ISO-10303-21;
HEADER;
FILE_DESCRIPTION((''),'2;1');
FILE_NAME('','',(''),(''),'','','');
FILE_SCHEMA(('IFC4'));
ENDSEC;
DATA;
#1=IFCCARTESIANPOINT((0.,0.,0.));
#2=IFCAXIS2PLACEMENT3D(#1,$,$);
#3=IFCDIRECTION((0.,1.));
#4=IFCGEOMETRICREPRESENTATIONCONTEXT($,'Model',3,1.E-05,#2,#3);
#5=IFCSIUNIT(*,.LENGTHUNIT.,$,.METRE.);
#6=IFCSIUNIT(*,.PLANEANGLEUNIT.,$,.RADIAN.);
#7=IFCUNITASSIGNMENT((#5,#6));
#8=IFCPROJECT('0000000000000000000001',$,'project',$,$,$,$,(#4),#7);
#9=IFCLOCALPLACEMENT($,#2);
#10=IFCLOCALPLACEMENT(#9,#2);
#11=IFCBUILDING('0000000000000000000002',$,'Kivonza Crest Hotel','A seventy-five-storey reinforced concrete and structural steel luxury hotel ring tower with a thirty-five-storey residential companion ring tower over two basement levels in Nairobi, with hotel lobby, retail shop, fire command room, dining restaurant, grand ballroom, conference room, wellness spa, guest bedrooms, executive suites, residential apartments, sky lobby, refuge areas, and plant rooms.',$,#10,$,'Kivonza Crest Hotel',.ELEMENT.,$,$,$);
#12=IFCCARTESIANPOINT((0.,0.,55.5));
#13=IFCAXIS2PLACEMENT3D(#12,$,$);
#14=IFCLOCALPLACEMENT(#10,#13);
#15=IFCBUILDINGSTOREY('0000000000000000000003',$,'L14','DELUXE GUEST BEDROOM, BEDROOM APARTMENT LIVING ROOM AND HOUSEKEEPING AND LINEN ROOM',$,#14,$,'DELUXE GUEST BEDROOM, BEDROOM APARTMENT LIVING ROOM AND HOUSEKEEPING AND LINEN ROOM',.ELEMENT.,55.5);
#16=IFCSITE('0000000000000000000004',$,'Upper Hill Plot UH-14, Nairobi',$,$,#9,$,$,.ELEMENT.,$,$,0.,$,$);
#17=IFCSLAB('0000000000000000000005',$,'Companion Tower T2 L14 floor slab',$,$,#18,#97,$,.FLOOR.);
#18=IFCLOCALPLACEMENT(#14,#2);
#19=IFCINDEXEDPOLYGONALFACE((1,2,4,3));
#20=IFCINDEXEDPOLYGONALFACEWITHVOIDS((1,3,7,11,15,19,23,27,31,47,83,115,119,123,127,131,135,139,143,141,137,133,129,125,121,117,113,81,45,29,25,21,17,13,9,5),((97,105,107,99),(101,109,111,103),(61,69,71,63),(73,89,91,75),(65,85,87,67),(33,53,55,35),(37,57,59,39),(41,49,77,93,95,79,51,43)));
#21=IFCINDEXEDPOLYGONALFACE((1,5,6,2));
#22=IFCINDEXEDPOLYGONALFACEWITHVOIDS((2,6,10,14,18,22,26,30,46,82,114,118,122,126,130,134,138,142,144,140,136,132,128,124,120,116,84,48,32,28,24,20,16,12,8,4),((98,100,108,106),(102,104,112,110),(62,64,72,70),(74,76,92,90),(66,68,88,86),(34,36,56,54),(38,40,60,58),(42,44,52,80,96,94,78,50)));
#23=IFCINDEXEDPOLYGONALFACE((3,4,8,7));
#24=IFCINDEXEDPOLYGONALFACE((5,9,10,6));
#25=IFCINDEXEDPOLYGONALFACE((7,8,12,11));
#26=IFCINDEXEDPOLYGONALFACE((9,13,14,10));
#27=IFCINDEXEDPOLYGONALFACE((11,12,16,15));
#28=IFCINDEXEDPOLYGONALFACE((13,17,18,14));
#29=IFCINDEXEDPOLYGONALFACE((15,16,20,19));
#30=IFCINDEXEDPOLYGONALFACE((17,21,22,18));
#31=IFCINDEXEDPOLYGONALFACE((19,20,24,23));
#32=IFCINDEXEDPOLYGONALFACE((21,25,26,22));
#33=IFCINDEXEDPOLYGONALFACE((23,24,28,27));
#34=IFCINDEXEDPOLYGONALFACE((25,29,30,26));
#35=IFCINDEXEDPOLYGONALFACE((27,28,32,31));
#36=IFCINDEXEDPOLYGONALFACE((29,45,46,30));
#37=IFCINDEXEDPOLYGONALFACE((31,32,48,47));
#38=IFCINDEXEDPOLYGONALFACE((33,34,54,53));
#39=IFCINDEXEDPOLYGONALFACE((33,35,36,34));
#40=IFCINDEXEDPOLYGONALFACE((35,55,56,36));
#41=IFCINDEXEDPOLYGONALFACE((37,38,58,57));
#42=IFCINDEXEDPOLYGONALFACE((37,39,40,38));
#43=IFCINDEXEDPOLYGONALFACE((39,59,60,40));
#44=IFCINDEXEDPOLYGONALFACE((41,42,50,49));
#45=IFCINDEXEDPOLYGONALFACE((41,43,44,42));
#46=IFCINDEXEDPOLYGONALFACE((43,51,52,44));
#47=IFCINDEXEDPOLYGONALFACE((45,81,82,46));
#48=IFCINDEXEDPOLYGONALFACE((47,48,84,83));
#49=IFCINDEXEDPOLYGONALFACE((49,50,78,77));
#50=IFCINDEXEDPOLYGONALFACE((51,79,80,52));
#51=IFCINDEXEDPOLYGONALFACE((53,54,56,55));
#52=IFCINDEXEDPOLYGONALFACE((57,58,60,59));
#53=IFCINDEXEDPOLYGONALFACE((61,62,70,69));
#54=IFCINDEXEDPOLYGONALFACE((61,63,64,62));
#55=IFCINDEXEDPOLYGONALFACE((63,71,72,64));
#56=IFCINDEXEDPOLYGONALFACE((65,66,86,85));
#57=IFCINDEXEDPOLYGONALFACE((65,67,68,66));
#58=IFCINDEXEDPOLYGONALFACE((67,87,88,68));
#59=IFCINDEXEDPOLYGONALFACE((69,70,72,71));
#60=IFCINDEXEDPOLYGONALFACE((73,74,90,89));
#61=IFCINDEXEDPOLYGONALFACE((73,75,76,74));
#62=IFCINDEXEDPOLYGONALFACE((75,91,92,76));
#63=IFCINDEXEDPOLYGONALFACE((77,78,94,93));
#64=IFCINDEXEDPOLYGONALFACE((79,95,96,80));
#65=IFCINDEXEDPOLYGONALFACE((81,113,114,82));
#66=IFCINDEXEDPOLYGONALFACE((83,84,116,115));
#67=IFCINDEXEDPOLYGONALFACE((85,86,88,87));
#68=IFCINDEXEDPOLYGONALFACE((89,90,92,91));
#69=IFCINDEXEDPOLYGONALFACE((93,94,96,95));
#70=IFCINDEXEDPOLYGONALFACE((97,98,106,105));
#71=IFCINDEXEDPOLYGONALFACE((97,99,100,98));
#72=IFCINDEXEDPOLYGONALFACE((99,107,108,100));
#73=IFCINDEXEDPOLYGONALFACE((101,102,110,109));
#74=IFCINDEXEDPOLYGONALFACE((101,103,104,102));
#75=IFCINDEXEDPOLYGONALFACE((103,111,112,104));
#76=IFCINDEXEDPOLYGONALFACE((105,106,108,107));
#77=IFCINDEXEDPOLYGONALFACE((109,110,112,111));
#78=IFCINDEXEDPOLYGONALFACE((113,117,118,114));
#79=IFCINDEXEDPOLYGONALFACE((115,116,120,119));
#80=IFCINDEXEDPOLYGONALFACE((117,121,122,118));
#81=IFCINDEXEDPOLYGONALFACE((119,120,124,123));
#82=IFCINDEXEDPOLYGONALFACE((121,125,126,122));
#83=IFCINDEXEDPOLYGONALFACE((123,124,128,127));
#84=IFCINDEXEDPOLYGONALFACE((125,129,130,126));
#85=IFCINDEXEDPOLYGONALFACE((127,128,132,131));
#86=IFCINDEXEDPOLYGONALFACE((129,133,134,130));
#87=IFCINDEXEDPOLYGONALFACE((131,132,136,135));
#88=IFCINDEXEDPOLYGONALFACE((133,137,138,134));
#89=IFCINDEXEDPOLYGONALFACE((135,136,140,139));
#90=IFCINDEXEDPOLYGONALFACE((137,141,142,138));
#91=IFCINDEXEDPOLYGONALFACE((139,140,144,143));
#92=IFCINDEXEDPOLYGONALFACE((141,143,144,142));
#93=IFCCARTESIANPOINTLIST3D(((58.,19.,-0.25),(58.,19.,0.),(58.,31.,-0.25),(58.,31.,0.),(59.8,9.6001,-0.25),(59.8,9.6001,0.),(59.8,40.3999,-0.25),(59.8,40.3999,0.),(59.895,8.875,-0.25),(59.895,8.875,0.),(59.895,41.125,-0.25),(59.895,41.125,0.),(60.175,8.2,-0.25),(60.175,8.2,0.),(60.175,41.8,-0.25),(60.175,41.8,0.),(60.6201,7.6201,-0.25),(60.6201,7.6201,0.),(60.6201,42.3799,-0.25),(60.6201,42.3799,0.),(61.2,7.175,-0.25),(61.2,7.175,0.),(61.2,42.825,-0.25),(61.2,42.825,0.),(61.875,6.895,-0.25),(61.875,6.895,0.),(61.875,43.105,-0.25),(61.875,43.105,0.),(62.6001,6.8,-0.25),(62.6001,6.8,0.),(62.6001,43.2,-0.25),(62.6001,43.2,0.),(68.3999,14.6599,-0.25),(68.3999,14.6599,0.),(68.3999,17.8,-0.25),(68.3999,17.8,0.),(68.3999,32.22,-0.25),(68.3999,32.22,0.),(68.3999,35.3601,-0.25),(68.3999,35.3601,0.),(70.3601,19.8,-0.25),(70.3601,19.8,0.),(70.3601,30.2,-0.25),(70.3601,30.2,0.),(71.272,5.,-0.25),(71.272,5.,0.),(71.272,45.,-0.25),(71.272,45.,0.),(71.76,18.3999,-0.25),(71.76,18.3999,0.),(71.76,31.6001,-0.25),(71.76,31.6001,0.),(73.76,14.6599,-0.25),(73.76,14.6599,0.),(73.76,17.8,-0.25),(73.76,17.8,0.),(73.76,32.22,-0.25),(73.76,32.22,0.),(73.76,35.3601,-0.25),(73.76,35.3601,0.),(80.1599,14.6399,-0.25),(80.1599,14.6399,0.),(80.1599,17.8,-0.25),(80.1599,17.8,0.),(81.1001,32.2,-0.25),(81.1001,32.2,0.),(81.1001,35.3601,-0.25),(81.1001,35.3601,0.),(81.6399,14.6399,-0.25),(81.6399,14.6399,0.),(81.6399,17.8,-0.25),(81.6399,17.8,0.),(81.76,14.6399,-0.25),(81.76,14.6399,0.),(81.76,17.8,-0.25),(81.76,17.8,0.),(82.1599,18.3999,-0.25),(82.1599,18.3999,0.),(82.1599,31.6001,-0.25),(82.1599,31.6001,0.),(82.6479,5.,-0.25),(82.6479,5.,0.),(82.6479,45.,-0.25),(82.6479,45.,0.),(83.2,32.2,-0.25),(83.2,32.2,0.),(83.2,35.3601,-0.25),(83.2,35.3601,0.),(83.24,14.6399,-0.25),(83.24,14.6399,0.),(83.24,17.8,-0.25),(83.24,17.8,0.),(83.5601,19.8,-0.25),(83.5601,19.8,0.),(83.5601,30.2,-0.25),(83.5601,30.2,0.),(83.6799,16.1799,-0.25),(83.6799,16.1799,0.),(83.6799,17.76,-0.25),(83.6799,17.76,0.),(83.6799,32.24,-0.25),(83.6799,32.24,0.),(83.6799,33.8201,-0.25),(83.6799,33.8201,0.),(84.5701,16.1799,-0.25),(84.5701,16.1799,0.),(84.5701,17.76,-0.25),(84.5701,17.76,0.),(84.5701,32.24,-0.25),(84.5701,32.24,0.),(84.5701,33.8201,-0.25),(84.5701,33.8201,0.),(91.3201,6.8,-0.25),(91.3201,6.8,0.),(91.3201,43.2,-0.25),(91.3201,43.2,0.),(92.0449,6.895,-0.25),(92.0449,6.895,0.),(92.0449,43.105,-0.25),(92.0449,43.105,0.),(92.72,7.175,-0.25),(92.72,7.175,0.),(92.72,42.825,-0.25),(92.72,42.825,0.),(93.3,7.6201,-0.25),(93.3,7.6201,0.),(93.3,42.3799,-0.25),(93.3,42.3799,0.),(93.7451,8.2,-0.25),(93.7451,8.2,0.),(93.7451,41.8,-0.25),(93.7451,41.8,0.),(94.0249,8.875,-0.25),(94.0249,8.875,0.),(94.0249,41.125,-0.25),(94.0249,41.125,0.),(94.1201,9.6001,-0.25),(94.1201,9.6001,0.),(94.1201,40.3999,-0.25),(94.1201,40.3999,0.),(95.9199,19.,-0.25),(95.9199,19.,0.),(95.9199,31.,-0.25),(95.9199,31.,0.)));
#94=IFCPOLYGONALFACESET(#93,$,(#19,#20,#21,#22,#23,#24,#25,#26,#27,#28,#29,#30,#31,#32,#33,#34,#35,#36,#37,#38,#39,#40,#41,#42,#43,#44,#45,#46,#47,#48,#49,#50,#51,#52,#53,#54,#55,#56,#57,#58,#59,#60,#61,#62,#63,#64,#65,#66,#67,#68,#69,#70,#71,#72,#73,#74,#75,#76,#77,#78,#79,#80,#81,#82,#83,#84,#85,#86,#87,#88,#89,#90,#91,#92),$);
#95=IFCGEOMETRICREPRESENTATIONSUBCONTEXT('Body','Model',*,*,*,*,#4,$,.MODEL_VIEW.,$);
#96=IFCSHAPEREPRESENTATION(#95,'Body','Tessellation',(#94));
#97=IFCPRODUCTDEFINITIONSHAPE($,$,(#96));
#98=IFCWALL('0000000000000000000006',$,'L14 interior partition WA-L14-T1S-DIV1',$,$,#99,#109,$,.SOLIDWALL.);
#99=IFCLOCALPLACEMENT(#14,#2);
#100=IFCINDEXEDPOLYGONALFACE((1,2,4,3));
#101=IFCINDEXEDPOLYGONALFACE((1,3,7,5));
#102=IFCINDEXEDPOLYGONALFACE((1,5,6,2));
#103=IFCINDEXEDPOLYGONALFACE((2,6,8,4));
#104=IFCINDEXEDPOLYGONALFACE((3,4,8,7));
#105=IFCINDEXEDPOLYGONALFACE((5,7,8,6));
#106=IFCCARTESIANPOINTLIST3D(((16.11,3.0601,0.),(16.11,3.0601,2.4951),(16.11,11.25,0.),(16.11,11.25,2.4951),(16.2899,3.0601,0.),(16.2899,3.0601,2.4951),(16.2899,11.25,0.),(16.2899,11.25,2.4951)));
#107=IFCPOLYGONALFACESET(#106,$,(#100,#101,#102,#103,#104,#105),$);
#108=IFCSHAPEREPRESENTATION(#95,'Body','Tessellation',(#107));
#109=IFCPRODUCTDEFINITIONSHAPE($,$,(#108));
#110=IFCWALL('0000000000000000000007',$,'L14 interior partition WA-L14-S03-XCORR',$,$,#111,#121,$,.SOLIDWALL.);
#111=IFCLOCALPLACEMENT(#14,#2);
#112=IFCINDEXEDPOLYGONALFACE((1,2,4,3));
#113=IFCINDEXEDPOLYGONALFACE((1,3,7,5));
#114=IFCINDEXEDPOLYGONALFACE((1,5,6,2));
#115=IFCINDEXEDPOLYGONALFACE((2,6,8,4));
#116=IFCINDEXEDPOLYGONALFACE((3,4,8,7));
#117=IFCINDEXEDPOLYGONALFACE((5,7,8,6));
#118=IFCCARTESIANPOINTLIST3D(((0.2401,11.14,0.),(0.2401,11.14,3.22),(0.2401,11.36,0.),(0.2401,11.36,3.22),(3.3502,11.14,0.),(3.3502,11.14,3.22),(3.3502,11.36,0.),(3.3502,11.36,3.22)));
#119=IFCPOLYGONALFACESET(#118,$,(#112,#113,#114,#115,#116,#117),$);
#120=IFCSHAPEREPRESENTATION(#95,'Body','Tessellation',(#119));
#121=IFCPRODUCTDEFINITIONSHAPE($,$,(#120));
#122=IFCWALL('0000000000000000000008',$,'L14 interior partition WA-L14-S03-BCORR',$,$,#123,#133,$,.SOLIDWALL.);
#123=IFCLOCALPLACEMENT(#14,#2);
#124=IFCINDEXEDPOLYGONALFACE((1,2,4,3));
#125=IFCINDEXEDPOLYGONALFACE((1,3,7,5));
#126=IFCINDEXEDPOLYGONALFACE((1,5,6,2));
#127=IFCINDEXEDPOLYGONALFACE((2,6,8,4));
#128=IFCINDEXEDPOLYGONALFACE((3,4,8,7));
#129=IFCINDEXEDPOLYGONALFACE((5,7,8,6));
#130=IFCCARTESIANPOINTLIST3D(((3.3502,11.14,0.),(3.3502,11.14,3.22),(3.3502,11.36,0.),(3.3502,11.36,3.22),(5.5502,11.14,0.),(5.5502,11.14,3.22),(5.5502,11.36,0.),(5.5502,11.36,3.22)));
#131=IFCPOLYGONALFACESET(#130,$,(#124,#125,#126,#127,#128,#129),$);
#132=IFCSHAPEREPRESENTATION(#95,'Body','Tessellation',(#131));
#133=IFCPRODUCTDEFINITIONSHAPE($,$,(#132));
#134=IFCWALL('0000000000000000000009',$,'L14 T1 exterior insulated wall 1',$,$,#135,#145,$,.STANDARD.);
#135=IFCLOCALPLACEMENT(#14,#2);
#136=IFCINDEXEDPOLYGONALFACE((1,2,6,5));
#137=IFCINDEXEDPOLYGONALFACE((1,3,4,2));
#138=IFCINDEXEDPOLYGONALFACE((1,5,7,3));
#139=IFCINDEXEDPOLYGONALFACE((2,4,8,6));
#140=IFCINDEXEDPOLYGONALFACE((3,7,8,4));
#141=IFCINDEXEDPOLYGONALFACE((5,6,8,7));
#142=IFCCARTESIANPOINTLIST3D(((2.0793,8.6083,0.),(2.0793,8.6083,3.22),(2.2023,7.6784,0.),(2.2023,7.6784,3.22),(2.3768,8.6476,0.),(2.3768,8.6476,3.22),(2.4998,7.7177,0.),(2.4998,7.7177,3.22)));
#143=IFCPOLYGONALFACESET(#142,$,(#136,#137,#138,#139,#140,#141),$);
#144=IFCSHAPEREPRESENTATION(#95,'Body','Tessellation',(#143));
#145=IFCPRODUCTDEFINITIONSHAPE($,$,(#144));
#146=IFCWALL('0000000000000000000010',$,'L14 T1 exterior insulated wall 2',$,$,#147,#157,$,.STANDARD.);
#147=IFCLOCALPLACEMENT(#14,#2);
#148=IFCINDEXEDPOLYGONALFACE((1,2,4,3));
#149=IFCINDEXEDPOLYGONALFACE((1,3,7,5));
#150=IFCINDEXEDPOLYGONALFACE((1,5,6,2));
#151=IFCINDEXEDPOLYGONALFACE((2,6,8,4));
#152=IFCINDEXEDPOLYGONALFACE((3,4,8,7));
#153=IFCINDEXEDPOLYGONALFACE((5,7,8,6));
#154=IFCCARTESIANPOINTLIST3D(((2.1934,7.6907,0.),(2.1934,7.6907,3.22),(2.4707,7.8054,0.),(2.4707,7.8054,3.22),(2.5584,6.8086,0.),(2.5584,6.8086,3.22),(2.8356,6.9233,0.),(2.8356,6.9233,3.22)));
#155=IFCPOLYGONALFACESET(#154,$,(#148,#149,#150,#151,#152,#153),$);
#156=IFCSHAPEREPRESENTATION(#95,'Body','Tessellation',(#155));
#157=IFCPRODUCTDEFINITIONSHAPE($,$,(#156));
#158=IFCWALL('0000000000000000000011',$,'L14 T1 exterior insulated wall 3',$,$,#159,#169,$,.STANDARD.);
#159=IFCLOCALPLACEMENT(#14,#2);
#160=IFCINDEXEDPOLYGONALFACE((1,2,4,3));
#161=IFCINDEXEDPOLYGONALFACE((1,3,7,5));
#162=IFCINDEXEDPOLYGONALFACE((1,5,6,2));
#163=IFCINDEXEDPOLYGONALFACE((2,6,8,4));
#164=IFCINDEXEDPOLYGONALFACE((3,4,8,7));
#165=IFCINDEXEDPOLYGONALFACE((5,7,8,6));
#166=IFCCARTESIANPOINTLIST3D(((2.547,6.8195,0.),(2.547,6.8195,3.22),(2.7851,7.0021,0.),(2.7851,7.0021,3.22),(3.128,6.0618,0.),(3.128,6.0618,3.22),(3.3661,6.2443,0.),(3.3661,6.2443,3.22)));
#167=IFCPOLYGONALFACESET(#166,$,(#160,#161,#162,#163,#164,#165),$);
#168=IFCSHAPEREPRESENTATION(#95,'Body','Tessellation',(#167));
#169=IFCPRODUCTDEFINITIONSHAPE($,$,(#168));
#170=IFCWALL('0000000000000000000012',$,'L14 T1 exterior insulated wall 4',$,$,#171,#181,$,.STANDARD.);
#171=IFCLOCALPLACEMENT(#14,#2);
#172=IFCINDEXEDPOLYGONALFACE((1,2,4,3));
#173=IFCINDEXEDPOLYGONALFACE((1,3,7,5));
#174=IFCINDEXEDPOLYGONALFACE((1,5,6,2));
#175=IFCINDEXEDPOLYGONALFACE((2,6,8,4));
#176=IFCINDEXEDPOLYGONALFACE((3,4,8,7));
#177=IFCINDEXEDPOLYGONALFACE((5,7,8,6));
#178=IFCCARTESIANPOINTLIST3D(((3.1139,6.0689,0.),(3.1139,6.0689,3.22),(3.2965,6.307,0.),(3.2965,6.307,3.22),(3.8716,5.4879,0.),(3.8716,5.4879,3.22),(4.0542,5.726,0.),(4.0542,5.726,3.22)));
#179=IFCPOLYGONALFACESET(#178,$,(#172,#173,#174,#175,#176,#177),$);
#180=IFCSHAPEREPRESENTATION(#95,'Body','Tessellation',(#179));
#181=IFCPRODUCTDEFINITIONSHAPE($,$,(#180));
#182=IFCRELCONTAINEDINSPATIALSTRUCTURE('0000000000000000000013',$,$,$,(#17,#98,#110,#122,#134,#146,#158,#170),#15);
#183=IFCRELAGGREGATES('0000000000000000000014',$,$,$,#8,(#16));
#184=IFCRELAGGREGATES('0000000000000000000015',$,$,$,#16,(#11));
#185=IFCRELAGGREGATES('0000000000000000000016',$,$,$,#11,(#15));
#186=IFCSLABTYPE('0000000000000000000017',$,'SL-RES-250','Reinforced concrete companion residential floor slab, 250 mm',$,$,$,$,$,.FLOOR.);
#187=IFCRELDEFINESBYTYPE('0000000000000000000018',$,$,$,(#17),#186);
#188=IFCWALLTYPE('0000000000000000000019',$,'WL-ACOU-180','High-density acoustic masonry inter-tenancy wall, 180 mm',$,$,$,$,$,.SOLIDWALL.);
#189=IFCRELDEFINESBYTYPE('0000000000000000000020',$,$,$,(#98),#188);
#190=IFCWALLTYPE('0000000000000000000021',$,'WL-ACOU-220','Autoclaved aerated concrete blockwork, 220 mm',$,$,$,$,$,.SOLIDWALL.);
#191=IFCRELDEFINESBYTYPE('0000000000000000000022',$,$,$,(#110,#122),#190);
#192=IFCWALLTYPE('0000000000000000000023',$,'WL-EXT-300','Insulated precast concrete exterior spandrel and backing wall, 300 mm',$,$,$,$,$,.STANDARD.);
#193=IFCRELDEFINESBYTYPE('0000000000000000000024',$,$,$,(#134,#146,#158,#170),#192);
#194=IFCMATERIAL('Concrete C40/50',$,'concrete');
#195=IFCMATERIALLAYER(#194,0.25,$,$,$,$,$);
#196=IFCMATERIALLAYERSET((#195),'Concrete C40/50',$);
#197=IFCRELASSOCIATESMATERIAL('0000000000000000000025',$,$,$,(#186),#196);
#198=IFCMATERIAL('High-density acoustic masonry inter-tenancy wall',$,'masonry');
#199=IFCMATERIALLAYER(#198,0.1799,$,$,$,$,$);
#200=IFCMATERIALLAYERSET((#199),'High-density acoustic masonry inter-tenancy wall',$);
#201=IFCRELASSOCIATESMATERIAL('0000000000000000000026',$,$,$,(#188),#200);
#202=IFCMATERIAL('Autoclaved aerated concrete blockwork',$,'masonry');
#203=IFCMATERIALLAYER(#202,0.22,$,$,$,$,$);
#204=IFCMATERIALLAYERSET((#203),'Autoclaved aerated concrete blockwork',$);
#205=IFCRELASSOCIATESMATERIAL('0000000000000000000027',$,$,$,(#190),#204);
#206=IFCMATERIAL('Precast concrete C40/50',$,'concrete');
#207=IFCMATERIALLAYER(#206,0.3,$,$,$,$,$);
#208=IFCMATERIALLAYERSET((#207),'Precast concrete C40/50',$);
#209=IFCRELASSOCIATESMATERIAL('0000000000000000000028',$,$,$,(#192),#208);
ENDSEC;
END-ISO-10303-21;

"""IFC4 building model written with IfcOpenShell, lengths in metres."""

from ifc_helpers import new_model, si_unit, direction, frame, frame_2d, origin, place, context, subcontext, project, spatial, polyline, rectangle, outline, extrude, material, layer, layer_set, type_object, element, save


model = new_model("IFC4")

# Units and contexts
model_context = context("Model", 3, precision=1e-05, world=origin(), true_north=direction((0.0, 1.0)))
body_context = subcontext(model_context, "Body", "Model", "MODEL_VIEW")
ifc_project = project(units=[si_unit("LENGTHUNIT", "METRE"), si_unit("PLANEANGLEUNIT", "RADIAN")], contexts=[model_context])

# Site, building, storey
site_placement = place(None, origin())
site = spatial("IfcSite", under=ifc_project, at=site_placement, Name="Upper Hill Plot UH-14, Nairobi", CompositionType="ELEMENT", RefElevation=0.0)
building_placement = place(site_placement, origin())
building = spatial("IfcBuilding", under=site, at=building_placement, Name="Kivonza Crest Hotel", Description="A seventy-five-storey reinforced concrete and structural steel luxury hotel ring tower with a thirty-five-storey residential companion ring tower over two basement levels in Nairobi, with hotel lobby, retail shop, fire command room, dining restaurant, grand ballroom, conference room, wellness spa, guest bedrooms, executive suites, residential apartments, sky lobby, refuge areas, and plant rooms.", LongName="Kivonza Crest Hotel", CompositionType="ELEMENT")
storey_placement = place(building_placement, frame((0.0, 0.0, 55.5)))
storey = spatial("IfcBuildingStorey", under=building, at=storey_placement, Name="L14", Description="DELUXE GUEST BEDROOM, BEDROOM APARTMENT LIVING ROOM AND HOUSEKEEPING AND LINEN ROOM", LongName="DELUXE GUEST BEDROOM, BEDROOM APARTMENT LIVING ROOM AND HOUSEKEEPING AND LINEN ROOM", CompositionType="ELEMENT", Elevation=55.5)

# Shared definitions
ifc_material_1 = material(Name="Concrete C40/50", Category="concrete")

# Slab
ifc_layer_1 = layer(ifc_material_1, 0.25)
ifc_layer_set_1 = layer_set([ifc_layer_1], Name="Concrete C40/50")
slab_type_1 = type_object("IfcSlabType", Name="SL-RES-250", Description="Reinforced concrete companion residential floor slab, 250 mm", PredefinedType="FLOOR", material=ifc_layer_set_1)
slab_1_placement = place(storey_placement, frame((0.0, 0.0, -0.25)))
element("IfcSlab", 1, at=slab_1_placement, inside=storey, type_object=slab_type_1, Name="Companion Tower T2 L14 floor slab", PredefinedType="FLOOR", context=body_context, shape_type="SweptSolid", body=[
    extrude(outline(polyline([(59.8, 9.6001), (59.895, 8.875), (60.175, 8.2), (60.6201, 7.6201), (61.2, 7.175), (61.875, 6.895), (62.6001, 6.8), (71.272, 5.0), (82.6479, 5.0), (91.3201, 6.8), (92.0449, 6.895), (92.72, 7.175), (93.3, 7.6201), (93.7451, 8.2), (94.0249, 8.875), (94.1201, 9.6001), (95.9199, 19.0), (95.9199, 31.0), (94.1201, 40.3999), (94.0249, 41.125), (93.7451, 41.8), (93.3, 42.3799), (92.72, 42.825), (92.0449, 43.105), (91.3201, 43.2), (82.6479, 45.0), (71.272, 45.0), (62.6001, 43.2), (61.875, 43.105), (61.2, 42.825), (60.6201, 42.3799), (60.175, 41.8), (59.895, 41.125), (59.8, 40.3999), (58.0, 31.0), (58.0, 19.0), (59.8, 9.6001)]), holes=[polyline([(71.76, 18.3999), (82.1599, 18.3999), (83.5601, 19.8), (83.5601, 30.2), (82.1599, 31.6001), (71.76, 31.6001), (70.3601, 30.2), (70.3601, 19.8), (71.76, 18.3999)]), polyline([(68.3999, 32.22), (73.76, 32.22), (73.76, 35.3601), (68.3999, 35.3601), (68.3999, 32.22)]), polyline([(68.3999, 14.6599), (73.76, 14.6599), (73.76, 17.8), (68.3999, 17.8), (68.3999, 14.6599)]), polyline([(83.6799, 32.24), (84.5701, 32.24), (84.5701, 33.8201), (83.6799, 33.8201), (83.6799, 32.24)]), polyline([(83.6799, 16.1799), (84.5701, 16.1799), (84.5701, 17.76), (83.6799, 17.76), (83.6799, 16.1799)]), polyline([(81.1001, 32.2), (83.2, 32.2), (83.2, 35.3601), (81.1001, 35.3601), (81.1001, 32.2)]), polyline([(80.1599, 14.6399), (81.6399, 14.6399), (81.6399, 17.8), (80.1599, 17.8), (80.1599, 14.6399)]), polyline([(81.76, 14.6399), (83.24, 14.6399), (83.24, 17.8), (81.76, 17.8), (81.76, 14.6399)])]), origin(), (0.0, 0.0, 1.0), 0.25),
])

# Walls
ifc_material_2 = material(Name="High-density acoustic masonry inter-tenancy wall", Category="masonry")
ifc_layer_2 = layer(ifc_material_2, 0.1799)
ifc_layer_set_2 = layer_set([ifc_layer_2], Name="High-density acoustic masonry inter-tenancy wall")
wall_type_1 = type_object("IfcWallType", Name="WL-ACOU-180", Description="High-density acoustic masonry inter-tenancy wall, 180 mm", PredefinedType="SOLIDWALL", material=ifc_layer_set_2)
wall_1_placement = place(storey_placement, frame((16.2, 3.0601, 0.0), z_axis=(0.0, 0.0, 1.0), x_axis=(0.0, 1.0, 0.0)))
element("IfcWall", 2, at=wall_1_placement, inside=storey, type_object=wall_type_1, Name="L14 interior partition WA-L14-T1S-DIV1", PredefinedType="SOLIDWALL", context=body_context, shape_type="SweptSolid", body=[
    extrude(rectangle(XDim=8.1899, YDim=0.1799, at=frame_2d((4.095, 0.0))), origin(), (0.0, 0.0, 1.0), 2.4951),
])
ifc_material_3 = material(Name="Autoclaved aerated concrete blockwork", Category="masonry")
ifc_layer_3 = layer(ifc_material_3, 0.22)
ifc_layer_set_3 = layer_set([ifc_layer_3], Name="Autoclaved aerated concrete blockwork")
wall_type_2 = type_object("IfcWallType", Name="WL-ACOU-220", Description="Autoclaved aerated concrete blockwork, 220 mm", PredefinedType="SOLIDWALL", material=ifc_layer_set_3)
wall_2_placement = place(storey_placement, frame((0.24, 11.25, 0.0), z_axis=(0.0, 0.0, 1.0), x_axis=(1.0, 0.0, 0.0)))
element("IfcWall", 3, at=wall_2_placement, inside=storey, type_object=wall_type_2, Name="L14 interior partition WA-L14-S03-XCORR", PredefinedType="SOLIDWALL", context=body_context, shape_type="SweptSolid", body=[
    extrude(rectangle(XDim=3.1101, YDim=0.22, at=frame_2d((1.5552, 0.0))), origin(), (0.0, 0.0, 1.0), 3.22),
])
wall_3_placement = place(storey_placement, frame((3.3501, 11.25, 0.0), z_axis=(0.0, 0.0, 1.0), x_axis=(1.0, 0.0, 0.0)))
element("IfcWall", 4, at=wall_3_placement, inside=storey, type_object=wall_type_2, Name="L14 interior partition WA-L14-S03-BCORR", PredefinedType="SOLIDWALL", context=body_context, shape_type="SweptSolid", body=[
    extrude(rectangle(XDim=2.2, YDim=0.22, at=frame_2d((1.1001, 0.0))), origin(), (0.0, 0.0, 1.0), 3.22),
])
ifc_material_4 = material(Name="Precast concrete C40/50", Category="concrete")
ifc_layer_4 = layer(ifc_material_4, 0.3)
ifc_layer_set_4 = layer_set([ifc_layer_4], Name="Precast concrete C40/50")
wall_type_3 = type_object("IfcWallType", Name="WL-EXT-300", Description="Insulated precast concrete exterior spandrel and backing wall, 300 mm", PredefinedType="STANDARD", material=ifc_layer_set_4)
wall_4_placement = place(storey_placement, frame((2.228, 8.6279, 0.0), z_axis=(0.0, 0.0, 1.0), x_axis=(0.131175, -0.991359, 0.0)))
element("IfcWall", 5, at=wall_4_placement, inside=storey, type_object=wall_type_3, Name="L14 T1 exterior insulated wall 1", PredefinedType="STANDARD", context=body_context, shape_type="SweptSolid", body=[
    extrude(rectangle(XDim=0.938, YDim=0.3, at=frame_2d((0.469, 0.0))), origin(), (0.0, 0.0, 1.0), 3.22),
])
wall_5_placement = place(storey_placement, frame((2.332, 7.748, 0.0), z_axis=(0.0, 0.0, 1.0), x_axis=(0.382344, -0.92402, 0.0)))
element("IfcWall", 6, at=wall_5_placement, inside=storey, type_object=wall_type_3, Name="L14 T1 exterior insulated wall 2", PredefinedType="STANDARD", context=body_context, shape_type="SweptSolid", body=[
    extrude(rectangle(XDim=0.9546, YDim=0.3, at=frame_2d((0.4773, 0.0))), origin(), (0.0, 0.0, 1.0), 3.22),
])
for number, where, z_axis, x_axis, name in (
    (7, (2.666, 6.9109, 0.0), (0.0, 0.0, 1.0), (0.608474, -0.793573, 0.0), "L14 T1 exterior insulated wall 3"),
    (8, (3.2051, 6.188, 0.0), (0.0, 0.0, 1.0), (0.793573, -0.608474, 0.0), "L14 T1 exterior insulated wall 4"),
):
    element("IfcWall", number, at=place(storey_placement, frame(where, z_axis=z_axis, x_axis=x_axis)), inside=storey, type_object=wall_type_3, Name=name, PredefinedType="STANDARD", context=body_context, shape_type="SweptSolid", body=[
        extrude(rectangle(XDim=0.9548, YDim=0.3, at=frame_2d((0.4775, 0.0))), origin(), (0.0, 0.0, 1.0), 3.22),
    ])

save(model, "model.ifc")
